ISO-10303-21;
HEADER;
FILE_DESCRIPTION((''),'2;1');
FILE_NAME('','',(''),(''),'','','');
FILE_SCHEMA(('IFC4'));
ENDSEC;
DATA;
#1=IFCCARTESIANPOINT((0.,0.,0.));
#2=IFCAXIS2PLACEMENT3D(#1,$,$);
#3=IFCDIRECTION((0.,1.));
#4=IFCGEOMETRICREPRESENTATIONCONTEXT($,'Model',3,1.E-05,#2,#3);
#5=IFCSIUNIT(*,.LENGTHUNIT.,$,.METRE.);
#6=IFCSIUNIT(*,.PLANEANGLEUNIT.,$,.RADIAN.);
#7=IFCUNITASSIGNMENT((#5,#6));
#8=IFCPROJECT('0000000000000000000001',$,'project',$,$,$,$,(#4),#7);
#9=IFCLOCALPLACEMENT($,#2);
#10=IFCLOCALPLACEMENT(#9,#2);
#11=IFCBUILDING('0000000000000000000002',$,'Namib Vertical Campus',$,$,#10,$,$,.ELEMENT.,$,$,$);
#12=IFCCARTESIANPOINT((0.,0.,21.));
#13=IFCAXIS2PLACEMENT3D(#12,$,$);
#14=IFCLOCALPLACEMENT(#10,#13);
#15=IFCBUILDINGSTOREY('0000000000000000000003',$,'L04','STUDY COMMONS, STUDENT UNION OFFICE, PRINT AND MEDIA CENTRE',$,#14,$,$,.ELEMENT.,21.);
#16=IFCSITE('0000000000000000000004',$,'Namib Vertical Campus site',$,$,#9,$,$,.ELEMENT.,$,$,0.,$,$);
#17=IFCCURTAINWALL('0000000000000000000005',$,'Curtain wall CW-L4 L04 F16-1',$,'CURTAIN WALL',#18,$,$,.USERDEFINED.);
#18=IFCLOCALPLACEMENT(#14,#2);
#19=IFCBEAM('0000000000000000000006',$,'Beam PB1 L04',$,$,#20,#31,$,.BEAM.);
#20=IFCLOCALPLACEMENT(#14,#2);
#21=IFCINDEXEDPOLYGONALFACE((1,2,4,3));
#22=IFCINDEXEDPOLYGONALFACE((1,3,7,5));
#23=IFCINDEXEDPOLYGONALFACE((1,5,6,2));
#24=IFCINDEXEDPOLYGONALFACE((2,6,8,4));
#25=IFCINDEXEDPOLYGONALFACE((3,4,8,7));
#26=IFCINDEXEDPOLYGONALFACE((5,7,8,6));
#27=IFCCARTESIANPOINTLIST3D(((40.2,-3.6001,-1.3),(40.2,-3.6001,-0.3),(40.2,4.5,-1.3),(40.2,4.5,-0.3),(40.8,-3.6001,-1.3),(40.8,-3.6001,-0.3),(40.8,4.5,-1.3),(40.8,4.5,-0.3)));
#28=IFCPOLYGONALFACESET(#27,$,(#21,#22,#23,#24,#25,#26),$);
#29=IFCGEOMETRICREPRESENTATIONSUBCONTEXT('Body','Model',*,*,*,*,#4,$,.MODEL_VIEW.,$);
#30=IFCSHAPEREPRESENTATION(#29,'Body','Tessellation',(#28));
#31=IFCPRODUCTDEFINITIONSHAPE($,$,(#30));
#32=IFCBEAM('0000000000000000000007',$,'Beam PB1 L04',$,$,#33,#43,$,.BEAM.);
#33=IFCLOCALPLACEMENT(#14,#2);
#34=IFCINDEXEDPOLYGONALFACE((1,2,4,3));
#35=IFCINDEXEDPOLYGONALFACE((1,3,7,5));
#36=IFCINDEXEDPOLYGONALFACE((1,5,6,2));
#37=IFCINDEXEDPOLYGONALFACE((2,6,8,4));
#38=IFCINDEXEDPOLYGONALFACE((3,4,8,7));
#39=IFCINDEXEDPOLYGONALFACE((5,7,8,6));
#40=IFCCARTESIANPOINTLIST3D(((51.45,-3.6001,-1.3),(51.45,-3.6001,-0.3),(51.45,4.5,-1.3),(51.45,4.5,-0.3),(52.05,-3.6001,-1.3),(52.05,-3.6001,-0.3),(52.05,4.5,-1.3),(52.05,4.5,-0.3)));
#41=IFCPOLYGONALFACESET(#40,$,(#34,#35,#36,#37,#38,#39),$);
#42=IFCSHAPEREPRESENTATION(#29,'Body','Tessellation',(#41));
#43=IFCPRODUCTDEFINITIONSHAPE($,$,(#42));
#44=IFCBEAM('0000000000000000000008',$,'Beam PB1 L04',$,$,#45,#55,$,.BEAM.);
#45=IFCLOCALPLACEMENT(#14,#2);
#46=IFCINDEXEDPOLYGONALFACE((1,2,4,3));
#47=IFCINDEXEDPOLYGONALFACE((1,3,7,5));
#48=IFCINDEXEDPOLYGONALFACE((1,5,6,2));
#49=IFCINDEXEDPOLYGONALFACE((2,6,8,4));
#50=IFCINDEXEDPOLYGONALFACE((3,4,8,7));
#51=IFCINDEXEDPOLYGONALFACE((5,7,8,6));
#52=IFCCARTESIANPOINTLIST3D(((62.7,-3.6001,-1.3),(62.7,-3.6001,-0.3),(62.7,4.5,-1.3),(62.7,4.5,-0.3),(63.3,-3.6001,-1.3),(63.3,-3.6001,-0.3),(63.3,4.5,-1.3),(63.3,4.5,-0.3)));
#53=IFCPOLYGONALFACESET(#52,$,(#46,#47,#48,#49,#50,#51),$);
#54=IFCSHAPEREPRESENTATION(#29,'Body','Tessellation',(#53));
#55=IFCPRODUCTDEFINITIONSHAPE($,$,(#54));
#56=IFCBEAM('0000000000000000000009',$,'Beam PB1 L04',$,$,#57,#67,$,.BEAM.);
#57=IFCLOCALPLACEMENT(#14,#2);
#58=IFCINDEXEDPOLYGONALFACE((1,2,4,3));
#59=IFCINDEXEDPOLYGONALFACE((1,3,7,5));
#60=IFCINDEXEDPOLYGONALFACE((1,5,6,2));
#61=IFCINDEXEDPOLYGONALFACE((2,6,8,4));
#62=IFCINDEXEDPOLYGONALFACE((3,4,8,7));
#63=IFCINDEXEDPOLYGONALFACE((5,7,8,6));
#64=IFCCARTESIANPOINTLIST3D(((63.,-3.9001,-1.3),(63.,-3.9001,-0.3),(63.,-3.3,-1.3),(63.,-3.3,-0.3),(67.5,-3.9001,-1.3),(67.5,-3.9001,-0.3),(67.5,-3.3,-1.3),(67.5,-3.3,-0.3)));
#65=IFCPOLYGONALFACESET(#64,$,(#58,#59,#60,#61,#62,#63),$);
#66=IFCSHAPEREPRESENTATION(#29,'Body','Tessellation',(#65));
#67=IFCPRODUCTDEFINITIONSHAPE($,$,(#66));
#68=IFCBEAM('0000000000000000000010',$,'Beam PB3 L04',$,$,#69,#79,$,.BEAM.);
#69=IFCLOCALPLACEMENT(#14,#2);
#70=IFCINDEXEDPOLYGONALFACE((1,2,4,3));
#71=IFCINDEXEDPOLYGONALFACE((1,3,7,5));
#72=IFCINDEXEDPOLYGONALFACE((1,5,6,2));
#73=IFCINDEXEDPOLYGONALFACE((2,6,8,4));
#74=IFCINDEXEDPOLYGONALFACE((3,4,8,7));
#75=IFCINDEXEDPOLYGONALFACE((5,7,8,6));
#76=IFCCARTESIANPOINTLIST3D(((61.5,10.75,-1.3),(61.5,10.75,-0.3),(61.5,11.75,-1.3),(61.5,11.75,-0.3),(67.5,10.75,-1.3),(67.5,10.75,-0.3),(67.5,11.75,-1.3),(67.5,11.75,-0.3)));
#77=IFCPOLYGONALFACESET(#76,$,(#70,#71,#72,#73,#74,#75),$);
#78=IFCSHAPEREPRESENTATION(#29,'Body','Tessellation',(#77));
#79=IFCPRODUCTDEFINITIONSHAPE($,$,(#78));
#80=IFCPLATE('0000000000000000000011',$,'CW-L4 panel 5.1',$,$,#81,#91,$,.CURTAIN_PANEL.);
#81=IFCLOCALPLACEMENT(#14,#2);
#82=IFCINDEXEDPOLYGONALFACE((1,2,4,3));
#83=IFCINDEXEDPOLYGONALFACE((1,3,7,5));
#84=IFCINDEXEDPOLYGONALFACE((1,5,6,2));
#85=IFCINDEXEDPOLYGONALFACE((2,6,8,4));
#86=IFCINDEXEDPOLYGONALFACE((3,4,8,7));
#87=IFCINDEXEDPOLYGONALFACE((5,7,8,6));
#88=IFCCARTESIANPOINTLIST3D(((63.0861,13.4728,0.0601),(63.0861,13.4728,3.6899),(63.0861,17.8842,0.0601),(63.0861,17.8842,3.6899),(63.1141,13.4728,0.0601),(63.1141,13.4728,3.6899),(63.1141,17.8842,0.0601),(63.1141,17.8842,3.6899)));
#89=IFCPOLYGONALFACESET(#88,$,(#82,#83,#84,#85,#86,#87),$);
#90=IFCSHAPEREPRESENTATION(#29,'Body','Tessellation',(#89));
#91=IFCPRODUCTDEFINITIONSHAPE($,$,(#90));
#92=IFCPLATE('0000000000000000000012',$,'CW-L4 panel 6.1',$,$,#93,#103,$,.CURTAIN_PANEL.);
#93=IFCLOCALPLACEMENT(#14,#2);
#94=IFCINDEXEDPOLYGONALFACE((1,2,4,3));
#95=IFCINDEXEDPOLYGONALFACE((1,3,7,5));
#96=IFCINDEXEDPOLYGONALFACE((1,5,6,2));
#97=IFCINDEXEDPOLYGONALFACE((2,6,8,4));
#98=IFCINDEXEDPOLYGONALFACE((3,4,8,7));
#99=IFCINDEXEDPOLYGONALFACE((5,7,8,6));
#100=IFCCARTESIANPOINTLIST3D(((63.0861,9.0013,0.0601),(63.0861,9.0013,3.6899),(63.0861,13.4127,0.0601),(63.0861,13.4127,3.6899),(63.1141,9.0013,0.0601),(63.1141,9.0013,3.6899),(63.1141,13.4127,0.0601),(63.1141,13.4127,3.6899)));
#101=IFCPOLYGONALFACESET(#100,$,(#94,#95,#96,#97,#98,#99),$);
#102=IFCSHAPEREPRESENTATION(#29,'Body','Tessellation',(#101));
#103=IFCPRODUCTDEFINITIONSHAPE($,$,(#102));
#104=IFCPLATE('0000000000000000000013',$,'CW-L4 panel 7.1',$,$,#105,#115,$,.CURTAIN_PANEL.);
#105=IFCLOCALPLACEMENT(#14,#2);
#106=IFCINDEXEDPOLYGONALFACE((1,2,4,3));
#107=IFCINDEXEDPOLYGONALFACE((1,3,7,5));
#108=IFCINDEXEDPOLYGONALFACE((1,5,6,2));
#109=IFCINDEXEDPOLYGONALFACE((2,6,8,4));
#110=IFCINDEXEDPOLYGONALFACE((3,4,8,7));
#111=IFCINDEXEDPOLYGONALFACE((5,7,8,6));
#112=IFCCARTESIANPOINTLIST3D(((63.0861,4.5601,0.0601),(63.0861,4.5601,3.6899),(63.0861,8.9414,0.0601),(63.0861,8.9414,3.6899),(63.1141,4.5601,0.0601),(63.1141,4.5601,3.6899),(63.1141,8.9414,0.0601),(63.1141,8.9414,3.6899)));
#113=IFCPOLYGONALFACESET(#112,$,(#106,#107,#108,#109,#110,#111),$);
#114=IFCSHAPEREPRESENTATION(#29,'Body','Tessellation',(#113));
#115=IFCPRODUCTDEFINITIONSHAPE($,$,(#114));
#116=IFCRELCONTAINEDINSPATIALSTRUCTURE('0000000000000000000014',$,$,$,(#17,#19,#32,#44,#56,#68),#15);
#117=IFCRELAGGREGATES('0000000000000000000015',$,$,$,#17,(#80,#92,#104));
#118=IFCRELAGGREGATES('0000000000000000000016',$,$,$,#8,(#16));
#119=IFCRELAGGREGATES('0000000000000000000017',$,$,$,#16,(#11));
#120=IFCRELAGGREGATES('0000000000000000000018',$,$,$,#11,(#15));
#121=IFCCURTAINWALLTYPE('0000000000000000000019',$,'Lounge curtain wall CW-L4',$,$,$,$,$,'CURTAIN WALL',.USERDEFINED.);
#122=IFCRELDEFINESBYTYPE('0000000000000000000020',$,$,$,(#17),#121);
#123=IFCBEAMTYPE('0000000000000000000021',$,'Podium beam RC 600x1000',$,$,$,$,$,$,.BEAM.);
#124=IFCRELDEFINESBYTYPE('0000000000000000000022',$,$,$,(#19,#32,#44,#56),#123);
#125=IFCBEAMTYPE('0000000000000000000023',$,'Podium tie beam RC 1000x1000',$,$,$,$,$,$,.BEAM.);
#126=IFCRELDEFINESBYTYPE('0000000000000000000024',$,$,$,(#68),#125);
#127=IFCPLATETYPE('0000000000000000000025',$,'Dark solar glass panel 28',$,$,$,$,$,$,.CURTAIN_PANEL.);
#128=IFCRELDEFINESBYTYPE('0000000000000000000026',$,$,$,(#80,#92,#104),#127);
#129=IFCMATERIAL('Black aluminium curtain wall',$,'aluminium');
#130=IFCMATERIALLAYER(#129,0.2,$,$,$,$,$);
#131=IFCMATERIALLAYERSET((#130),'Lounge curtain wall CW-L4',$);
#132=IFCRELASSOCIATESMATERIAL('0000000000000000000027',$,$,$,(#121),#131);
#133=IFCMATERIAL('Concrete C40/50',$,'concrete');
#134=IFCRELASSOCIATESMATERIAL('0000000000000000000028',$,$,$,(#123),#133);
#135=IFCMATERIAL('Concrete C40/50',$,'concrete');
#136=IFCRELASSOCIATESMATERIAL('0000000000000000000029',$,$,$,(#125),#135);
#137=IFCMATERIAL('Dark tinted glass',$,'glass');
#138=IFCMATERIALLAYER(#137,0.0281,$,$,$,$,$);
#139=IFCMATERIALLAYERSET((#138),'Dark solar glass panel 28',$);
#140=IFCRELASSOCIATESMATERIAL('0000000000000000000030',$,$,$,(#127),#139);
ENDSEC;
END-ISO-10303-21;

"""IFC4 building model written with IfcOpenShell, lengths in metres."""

from ifc_helpers import new_model, si_unit, direction, frame, origin, origin_2d, place, context, subcontext, project, spatial, rectangle, extrude, material, layer, layer_set, material_profile, profile_set, type_object, element, aggregate, save


model = new_model("IFC4")

# Units and contexts
model_context = context("Model", 3, precision=1e-05, world=origin(), true_north=direction((0.0, 1.0)))
body_context = subcontext(model_context, "Body", "Model", "MODEL_VIEW")
ifc_project = project(units=[si_unit("LENGTHUNIT", "METRE"), si_unit("PLANEANGLEUNIT", "RADIAN")], contexts=[model_context])

# Site, building, storey
site_placement = place(None, origin())
site = spatial("IfcSite", under=ifc_project, at=site_placement, Name="Namib Vertical Campus site", CompositionType="ELEMENT", RefElevation=0.0)
building_placement = place(site_placement, origin())
building = spatial("IfcBuilding", under=site, at=building_placement, Name="Namib Vertical Campus", CompositionType="ELEMENT")
storey_placement = place(building_placement, frame((0.0, 0.0, 21.0)))
storey = spatial("IfcBuildingStorey", under=building, at=storey_placement, Name="L04", Description="STUDY COMMONS, STUDENT UNION OFFICE, PRINT AND MEDIA CENTRE", CompositionType="ELEMENT", Elevation=21.0)

# Shared definitions
ifc_material_1 = material(Name="Black aluminium curtain wall", Category="aluminium")
ifc_layer_1 = layer(ifc_material_1, 0.2)
ifc_layer_set_1 = layer_set([ifc_layer_1], Name="Lounge curtain wall CW-L4")
curtain_wall_type = type_object("IfcCurtainWallType", Name="Lounge curtain wall CW-L4", ElementType="CURTAIN WALL", PredefinedType="USERDEFINED", material=ifc_layer_set_1)

# Curtain wall
curtain_wall_1_placement = place(storey_placement, origin())
curtain_wall_1 = element("IfcCurtainWall", 1, at=curtain_wall_1_placement, inside=storey, type_object=curtain_wall_type, Name="Curtain wall CW-L4 L04 F16-1", ObjectType="CURTAIN WALL", PredefinedType="USERDEFINED")

# Beams
ifc_material_2 = material(Name="Concrete C40/50", Category="concrete")
ifc_material_profile_1 = material_profile(ifc_material_2, rectangle(XDim=0.6001, YDim=1.0, at=origin_2d()))
ifc_profile_set_1 = profile_set([ifc_material_profile_1], Name="Concrete C40/50")
beam_type_1 = type_object("IfcBeamType", Name="Podium beam RC 600x1000", PredefinedType="BEAM", material=ifc_profile_set_1)
for number, where, z_axis, x_axis, name in (
    (2, (40.5, -3.6001, -0.8), (0.0, 1.0, 0.0), (-1.0, 0.0, 0.0), "Beam PB1 L04"),
    (3, (51.75, -3.6001, -0.8), (0.0, 1.0, 0.0), (-1.0, 0.0, 0.0), "Beam PB1 L04"),
    (4, (63.0, -3.6001, -0.8), (0.0, 1.0, 0.0), (-1.0, 0.0, 0.0), "Beam PB1 L04"),
):
    element("IfcBeam", number, at=place(storey_placement, frame(where, z_axis=z_axis, x_axis=x_axis)), inside=storey, type_object=beam_type_1, Name=name, PredefinedType="BEAM", context=body_context, shape_type="SweptSolid", body=[
        extrude(rectangle(XDim=0.6001, YDim=1.0, at=origin_2d()), origin(), (0.0, 0.0, 1.0), 8.1001),
    ])
beam_1_placement = place(storey_placement, frame((63.0, -3.6001, -0.8), z_axis=(1.0, 0.0, 0.0), x_axis=(0.0, 1.0, 0.0)))
element("IfcBeam", 5, at=beam_1_placement, inside=storey, type_object=beam_type_1, Name="Beam PB1 L04", PredefinedType="BEAM", context=body_context, shape_type="SweptSolid", body=[
    extrude(rectangle(XDim=0.6001, YDim=1.0, at=origin_2d()), origin(), (0.0, 0.0, 1.0), 4.5),
])
ifc_material_3 = material(Name="Concrete C40/50", Category="concrete")
ifc_material_profile_2 = material_profile(ifc_material_3, rectangle(XDim=1.0, YDim=1.0, at=origin_2d()))
ifc_profile_set_2 = profile_set([ifc_material_profile_2], Name="Concrete C40/50")
beam_type_2 = type_object("IfcBeamType", Name="Podium tie beam RC 1000x1000", PredefinedType="BEAM", material=ifc_profile_set_2)
beam_2_placement = place(storey_placement, frame((61.5, 11.25, -0.8), z_axis=(1.0, 0.0, 0.0), x_axis=(0.0, 1.0, 0.0)))
element("IfcBeam", 6, at=beam_2_placement, inside=storey, type_object=beam_type_2, Name="Beam PB3 L04", PredefinedType="BEAM", context=body_context, shape_type="SweptSolid", body=[
    extrude(rectangle(XDim=1.0, YDim=1.0, at=origin_2d()), origin(), (0.0, 0.0, 1.0), 6.0),
])

# Plates
ifc_material_4 = material(Name="Dark tinted glass", Category="glass")
ifc_layer_2 = layer(ifc_material_4, 0.0281)
ifc_layer_set_2 = layer_set([ifc_layer_2], Name="Dark solar glass panel 28")
plate_type = type_object("IfcPlateType", Name="Dark solar glass panel 28", PredefinedType="CURTAIN_PANEL", material=ifc_layer_set_2)
plate_1_placement = place(storey_placement, frame((63.1001, 15.6785, 0.0601), z_axis=(0.0, 0.0, 1.0), x_axis=(0.0, -1.0, 0.0)))
plate_1 = element("IfcPlate", 7, at=plate_1_placement, type_object=plate_type, Name="CW-L4 panel 5.1", PredefinedType="CURTAIN_PANEL", context=body_context, shape_type="SweptSolid", body=[
    extrude(rectangle(XDim=4.4114, YDim=0.0281, at=origin_2d()), origin(), (0.0, 0.0, 1.0), 3.6299),
])
plate_2_placement = place(storey_placement, frame((63.1001, 11.207, 0.0601), z_axis=(0.0, 0.0, 1.0), x_axis=(0.0, -1.0, 0.0)))
plate_2 = element("IfcPlate", 8, at=plate_2_placement, type_object=plate_type, Name="CW-L4 panel 6.1", PredefinedType="CURTAIN_PANEL", context=body_context, shape_type="SweptSolid", body=[
    extrude(rectangle(XDim=4.4114, YDim=0.0281, at=origin_2d()), origin(), (0.0, 0.0, 1.0), 3.6299),
])
plate_3_placement = place(storey_placement, frame((63.1001, 6.7507, 0.0601), z_axis=(0.0, 0.0, 1.0), x_axis=(0.0, -1.0, 0.0)))
plate_3 = element("IfcPlate", 9, at=plate_3_placement, type_object=plate_type, Name="CW-L4 panel 7.1", PredefinedType="CURTAIN_PANEL", context=body_context, shape_type="SweptSolid", body=[
    extrude(rectangle(XDim=4.3813, YDim=0.0281, at=origin_2d()), origin(), (0.0, 0.0, 1.0), 3.6299),
])
aggregate(curtain_wall_1, [plate_1, plate_2, plate_3])

save(model, "model.ifc")
